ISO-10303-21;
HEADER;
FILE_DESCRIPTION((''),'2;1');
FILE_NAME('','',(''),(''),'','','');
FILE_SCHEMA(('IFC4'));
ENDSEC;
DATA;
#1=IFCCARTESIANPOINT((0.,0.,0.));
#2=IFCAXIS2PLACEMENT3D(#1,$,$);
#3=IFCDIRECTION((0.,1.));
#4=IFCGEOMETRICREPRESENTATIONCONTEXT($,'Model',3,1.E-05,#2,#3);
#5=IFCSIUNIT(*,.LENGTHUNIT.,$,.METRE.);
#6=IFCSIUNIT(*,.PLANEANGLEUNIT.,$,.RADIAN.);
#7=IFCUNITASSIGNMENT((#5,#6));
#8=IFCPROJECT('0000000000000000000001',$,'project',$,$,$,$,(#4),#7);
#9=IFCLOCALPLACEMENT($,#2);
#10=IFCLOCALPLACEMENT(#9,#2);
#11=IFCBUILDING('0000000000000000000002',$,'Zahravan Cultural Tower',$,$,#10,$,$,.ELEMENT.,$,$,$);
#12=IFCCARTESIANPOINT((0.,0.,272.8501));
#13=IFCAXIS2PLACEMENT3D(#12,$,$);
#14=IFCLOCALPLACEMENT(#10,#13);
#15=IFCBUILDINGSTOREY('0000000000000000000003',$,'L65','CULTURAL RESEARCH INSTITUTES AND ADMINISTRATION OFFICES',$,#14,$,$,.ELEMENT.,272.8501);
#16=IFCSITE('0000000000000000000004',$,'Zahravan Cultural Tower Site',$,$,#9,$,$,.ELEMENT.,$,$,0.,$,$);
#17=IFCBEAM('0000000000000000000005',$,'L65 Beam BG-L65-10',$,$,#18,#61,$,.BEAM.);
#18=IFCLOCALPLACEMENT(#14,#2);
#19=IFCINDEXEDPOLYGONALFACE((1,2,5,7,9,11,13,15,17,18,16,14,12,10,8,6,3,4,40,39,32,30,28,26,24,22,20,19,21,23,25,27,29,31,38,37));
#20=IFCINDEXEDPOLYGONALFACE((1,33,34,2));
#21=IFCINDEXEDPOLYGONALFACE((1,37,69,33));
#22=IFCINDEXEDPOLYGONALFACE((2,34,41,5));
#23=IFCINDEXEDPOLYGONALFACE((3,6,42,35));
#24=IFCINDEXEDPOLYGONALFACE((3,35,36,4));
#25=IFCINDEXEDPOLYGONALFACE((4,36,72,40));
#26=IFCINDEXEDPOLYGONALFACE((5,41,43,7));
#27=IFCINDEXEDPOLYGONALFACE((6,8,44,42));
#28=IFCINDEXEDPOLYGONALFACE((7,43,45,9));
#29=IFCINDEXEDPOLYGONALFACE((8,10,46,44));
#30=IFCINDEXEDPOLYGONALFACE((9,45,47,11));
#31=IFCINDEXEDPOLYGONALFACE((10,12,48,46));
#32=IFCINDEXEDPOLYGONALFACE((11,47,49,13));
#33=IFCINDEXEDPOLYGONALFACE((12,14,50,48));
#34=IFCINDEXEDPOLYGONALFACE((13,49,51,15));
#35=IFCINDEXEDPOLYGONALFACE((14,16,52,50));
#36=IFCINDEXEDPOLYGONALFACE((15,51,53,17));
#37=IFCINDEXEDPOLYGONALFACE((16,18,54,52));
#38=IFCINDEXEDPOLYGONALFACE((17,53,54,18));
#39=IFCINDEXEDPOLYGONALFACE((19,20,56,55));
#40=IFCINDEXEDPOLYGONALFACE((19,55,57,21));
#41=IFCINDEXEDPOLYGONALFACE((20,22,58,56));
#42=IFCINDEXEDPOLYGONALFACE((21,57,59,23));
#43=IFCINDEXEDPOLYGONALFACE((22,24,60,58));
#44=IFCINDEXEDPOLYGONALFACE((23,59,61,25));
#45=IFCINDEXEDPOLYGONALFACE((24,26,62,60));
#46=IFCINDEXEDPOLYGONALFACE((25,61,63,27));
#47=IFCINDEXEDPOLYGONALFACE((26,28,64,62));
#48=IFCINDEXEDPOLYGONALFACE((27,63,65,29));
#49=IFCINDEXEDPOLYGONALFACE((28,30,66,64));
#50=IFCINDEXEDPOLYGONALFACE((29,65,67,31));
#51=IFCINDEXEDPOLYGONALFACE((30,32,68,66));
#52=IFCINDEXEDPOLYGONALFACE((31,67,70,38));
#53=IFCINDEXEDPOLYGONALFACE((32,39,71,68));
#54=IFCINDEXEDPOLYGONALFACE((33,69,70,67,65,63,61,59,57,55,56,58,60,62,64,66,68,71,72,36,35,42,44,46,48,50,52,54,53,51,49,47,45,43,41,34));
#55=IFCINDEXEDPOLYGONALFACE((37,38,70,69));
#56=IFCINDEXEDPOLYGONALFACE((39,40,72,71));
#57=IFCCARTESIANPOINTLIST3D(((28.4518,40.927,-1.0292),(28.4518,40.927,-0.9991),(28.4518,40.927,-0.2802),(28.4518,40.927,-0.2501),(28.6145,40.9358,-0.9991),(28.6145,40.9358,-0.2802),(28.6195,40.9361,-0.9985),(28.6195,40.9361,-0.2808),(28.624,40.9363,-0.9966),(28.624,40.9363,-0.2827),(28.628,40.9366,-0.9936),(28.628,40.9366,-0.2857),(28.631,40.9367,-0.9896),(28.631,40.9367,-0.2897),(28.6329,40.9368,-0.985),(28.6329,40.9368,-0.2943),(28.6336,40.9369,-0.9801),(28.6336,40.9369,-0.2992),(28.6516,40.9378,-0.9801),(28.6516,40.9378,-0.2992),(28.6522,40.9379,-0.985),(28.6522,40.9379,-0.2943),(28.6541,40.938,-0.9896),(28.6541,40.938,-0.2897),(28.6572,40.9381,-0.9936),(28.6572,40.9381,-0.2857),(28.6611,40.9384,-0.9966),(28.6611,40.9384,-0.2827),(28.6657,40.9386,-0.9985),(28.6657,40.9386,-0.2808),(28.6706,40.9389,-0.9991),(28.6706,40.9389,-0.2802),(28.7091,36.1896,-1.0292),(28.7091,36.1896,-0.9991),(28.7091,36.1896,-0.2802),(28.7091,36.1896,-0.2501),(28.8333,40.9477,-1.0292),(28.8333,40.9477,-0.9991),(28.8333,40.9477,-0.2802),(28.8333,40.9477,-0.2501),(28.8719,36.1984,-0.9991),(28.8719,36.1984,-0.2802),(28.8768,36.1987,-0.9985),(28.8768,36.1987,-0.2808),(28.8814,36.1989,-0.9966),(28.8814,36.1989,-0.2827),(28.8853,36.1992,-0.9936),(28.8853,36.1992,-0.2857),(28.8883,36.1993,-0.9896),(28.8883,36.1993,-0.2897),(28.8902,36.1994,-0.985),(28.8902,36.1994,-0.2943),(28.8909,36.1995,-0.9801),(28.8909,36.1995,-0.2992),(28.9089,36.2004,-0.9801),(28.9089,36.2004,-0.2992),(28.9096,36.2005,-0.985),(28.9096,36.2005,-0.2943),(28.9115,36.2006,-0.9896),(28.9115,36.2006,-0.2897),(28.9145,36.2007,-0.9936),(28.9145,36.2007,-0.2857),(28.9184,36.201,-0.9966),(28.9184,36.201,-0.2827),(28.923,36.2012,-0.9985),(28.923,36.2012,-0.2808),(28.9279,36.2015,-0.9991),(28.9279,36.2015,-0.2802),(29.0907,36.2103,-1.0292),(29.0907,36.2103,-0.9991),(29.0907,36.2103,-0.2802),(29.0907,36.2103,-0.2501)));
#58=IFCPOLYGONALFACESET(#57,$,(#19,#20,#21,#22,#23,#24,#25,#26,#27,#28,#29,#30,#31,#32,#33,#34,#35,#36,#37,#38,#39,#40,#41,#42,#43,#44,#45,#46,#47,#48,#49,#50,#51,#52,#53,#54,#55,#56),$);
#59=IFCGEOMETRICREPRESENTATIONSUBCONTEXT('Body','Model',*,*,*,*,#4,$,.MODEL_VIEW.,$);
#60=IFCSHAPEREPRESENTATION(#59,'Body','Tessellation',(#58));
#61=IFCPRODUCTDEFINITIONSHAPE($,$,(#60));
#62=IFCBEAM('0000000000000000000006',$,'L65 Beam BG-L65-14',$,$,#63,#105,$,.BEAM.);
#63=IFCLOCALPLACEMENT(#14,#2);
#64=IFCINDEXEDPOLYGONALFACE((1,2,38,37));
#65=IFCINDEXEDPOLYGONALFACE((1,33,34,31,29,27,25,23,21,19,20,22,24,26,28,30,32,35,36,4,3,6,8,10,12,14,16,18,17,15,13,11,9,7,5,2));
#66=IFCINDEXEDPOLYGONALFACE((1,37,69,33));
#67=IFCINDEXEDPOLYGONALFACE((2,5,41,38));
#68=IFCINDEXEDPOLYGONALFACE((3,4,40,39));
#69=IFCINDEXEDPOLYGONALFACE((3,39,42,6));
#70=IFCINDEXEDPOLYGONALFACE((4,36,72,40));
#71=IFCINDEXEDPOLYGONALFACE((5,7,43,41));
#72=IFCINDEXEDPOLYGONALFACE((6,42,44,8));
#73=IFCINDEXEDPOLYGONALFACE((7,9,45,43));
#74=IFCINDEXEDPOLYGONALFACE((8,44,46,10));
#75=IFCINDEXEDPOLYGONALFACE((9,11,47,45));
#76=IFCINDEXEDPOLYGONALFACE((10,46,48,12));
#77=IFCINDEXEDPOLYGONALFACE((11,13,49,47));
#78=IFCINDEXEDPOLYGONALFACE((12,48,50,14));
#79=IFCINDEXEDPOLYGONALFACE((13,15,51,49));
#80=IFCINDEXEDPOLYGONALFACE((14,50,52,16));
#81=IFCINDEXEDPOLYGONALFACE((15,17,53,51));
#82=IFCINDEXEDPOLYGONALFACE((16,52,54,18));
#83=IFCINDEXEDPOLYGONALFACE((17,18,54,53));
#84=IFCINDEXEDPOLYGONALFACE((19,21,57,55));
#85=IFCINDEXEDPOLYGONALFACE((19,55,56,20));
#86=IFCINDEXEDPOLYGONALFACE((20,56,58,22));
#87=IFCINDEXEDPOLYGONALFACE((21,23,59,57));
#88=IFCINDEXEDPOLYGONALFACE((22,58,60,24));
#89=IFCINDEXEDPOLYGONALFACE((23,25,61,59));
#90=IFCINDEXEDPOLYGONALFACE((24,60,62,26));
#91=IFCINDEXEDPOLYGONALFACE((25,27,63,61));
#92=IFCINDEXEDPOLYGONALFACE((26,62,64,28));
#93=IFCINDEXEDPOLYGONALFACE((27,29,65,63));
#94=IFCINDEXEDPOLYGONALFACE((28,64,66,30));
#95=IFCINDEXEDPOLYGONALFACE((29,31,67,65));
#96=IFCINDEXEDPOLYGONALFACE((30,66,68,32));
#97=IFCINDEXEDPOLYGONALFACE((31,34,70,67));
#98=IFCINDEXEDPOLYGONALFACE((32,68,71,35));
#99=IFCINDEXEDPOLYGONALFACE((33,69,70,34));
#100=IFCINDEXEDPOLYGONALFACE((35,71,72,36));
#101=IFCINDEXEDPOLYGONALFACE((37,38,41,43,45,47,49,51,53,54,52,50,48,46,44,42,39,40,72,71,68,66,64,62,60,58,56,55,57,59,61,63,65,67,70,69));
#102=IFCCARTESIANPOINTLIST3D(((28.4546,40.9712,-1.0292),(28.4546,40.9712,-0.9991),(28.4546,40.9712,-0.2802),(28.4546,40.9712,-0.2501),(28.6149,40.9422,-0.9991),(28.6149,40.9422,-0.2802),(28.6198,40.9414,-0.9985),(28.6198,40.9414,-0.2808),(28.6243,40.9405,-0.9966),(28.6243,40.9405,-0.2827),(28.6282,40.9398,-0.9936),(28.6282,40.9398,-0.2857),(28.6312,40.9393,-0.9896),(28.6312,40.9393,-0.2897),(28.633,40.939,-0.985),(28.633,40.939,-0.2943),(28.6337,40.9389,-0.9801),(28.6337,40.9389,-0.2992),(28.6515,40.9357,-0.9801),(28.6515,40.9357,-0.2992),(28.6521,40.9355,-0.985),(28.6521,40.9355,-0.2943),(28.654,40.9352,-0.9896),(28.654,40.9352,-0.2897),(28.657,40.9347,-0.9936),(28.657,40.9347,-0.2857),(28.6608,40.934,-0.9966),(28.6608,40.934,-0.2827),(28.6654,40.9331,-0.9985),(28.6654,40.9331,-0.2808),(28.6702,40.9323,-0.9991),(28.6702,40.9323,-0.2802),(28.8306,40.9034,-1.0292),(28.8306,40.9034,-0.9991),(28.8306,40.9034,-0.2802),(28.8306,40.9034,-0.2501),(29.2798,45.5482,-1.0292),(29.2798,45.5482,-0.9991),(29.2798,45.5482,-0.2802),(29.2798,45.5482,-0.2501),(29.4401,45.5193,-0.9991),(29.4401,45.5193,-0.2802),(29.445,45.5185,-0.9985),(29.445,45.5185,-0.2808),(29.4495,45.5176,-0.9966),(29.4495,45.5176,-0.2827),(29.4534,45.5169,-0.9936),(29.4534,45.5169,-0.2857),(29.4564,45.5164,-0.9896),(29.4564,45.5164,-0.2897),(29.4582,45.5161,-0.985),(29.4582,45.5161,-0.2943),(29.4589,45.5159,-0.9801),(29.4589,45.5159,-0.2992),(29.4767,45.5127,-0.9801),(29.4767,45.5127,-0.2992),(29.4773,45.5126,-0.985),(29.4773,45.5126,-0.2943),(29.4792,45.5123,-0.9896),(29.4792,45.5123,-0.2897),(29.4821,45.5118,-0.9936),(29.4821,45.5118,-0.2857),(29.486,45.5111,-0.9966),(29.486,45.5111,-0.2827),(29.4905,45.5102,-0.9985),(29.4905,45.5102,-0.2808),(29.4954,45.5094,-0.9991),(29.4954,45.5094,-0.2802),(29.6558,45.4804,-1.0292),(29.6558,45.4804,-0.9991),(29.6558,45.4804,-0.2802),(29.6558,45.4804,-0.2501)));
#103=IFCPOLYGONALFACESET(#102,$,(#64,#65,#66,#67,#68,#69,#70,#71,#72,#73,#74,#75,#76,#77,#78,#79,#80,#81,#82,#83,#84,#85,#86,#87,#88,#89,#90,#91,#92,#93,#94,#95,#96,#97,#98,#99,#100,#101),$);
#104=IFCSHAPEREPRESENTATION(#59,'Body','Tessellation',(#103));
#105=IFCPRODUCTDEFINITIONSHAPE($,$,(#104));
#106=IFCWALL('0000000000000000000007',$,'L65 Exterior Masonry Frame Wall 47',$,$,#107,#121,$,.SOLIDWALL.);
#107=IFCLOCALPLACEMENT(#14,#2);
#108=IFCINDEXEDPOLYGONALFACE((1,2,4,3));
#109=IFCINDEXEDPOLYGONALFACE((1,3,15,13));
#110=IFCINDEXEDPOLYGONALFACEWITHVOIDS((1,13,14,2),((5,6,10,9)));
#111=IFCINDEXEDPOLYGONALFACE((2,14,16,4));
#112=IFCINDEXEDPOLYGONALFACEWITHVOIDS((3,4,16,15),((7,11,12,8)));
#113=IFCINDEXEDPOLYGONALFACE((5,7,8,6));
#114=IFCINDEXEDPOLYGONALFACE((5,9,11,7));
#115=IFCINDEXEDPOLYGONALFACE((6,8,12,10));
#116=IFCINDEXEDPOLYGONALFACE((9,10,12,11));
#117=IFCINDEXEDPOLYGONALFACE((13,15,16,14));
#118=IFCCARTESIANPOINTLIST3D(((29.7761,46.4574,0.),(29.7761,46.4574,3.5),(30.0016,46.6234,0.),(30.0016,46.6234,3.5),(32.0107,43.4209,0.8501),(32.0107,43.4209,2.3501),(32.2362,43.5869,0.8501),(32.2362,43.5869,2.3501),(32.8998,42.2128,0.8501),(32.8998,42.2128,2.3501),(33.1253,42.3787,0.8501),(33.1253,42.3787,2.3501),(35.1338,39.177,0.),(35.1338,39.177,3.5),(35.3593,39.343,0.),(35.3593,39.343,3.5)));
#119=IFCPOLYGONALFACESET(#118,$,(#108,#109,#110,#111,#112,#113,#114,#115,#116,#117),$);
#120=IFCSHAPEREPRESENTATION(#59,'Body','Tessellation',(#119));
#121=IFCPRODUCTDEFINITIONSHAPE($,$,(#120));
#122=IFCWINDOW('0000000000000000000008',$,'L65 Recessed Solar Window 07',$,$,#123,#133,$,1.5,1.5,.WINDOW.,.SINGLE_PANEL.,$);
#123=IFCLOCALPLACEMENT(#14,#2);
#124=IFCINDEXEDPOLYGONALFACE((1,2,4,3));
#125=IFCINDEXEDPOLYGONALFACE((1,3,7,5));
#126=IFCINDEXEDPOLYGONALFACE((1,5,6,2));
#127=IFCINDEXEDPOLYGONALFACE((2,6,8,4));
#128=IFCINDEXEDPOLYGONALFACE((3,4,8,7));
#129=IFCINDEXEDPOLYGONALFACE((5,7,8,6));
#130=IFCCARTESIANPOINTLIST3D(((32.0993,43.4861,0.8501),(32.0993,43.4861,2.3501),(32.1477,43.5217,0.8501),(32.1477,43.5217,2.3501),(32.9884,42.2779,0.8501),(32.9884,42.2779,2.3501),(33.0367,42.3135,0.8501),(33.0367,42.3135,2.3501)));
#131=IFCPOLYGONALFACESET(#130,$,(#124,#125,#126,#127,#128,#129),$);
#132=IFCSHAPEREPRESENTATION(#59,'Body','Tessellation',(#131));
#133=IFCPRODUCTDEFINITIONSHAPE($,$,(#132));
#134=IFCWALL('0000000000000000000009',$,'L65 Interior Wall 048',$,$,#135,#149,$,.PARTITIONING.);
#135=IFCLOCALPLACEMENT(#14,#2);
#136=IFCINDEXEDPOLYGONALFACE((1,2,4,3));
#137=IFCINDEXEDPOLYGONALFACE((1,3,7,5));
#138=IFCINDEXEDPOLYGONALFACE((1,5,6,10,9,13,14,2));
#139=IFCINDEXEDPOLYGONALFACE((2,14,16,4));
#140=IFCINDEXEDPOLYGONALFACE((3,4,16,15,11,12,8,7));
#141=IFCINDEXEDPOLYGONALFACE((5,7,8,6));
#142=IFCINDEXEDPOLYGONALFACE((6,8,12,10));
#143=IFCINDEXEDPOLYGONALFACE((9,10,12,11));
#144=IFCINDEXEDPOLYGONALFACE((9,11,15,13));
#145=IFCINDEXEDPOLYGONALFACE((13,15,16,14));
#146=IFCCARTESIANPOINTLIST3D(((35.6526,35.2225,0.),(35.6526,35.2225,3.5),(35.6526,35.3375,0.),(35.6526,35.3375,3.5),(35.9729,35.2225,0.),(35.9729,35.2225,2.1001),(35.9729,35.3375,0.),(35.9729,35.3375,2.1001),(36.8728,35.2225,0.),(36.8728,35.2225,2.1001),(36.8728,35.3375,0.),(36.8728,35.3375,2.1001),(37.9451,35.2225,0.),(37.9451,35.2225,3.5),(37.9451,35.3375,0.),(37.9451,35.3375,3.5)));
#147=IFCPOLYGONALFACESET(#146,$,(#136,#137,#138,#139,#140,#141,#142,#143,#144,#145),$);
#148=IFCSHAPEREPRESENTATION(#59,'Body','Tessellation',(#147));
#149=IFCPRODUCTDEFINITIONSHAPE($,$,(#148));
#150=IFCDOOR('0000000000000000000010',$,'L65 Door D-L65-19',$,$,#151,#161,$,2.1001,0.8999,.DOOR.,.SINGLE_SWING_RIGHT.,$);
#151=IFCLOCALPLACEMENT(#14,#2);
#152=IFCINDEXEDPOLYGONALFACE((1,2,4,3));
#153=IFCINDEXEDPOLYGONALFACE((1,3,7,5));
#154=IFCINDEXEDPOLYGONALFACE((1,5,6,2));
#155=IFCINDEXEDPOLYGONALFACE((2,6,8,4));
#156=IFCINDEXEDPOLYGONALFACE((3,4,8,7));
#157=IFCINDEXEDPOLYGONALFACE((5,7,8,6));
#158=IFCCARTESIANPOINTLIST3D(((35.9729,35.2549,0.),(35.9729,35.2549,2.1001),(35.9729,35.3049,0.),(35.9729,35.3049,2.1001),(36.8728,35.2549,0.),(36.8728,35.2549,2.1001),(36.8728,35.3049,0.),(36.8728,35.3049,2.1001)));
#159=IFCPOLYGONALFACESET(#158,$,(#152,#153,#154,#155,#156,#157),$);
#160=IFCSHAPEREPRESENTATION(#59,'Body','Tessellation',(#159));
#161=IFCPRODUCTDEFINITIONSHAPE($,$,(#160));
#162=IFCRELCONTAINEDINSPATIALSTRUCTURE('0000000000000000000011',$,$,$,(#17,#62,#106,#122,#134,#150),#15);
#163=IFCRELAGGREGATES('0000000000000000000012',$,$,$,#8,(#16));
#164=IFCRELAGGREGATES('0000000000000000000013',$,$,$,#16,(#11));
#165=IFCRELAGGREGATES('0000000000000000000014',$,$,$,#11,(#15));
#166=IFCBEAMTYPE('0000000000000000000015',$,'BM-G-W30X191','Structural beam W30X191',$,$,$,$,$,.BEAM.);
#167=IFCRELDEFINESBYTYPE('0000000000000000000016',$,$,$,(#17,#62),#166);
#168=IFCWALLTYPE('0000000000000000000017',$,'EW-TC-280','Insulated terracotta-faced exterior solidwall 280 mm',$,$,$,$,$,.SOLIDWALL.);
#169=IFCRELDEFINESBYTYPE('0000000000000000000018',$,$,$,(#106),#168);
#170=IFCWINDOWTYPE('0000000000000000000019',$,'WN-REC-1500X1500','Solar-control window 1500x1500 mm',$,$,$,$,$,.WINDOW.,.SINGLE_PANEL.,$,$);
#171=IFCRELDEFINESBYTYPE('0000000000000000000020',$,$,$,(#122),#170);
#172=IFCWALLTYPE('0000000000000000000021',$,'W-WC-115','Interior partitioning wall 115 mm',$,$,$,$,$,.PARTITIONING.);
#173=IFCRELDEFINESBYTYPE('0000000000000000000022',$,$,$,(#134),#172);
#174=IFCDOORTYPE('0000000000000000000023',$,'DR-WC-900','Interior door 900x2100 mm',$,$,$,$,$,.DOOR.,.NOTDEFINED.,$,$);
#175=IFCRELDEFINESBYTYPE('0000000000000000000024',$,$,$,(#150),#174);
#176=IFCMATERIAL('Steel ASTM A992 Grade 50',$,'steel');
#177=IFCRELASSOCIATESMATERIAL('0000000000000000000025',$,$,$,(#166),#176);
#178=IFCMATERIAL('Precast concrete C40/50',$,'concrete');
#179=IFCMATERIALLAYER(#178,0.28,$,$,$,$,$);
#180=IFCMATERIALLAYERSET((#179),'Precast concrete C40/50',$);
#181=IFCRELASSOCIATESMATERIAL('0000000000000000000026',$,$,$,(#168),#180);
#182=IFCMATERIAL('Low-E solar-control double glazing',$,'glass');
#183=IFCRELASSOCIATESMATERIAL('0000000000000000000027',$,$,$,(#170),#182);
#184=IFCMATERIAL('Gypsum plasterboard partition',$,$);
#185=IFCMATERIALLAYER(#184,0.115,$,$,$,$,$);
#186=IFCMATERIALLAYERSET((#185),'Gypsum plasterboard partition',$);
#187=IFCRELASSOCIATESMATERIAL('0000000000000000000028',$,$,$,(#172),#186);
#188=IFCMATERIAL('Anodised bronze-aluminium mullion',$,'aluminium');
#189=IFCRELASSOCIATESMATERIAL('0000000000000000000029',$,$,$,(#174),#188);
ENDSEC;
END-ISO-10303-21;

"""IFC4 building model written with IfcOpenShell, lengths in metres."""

from ifc_helpers import new_model, si_unit, direction, frame, frame_2d, origin, origin_2d, place, context, subcontext, project, spatial, rectangle, i_section, extrude, source, transform, mapped, material, layer, layer_set, material_profile, profile_set, type_object, element, fill, save


model = new_model("IFC4")

# Units and contexts
model_context = context("Model", 3, precision=1e-05, world=origin(), true_north=direction((0.0, 1.0)))
body_context = subcontext(model_context, "Body", "Model", "MODEL_VIEW")
ifc_project = project(units=[si_unit("LENGTHUNIT", "METRE"), si_unit("PLANEANGLEUNIT", "RADIAN")], contexts=[model_context])

# Site, building, storey
site_placement = place(None, origin())
site = spatial("IfcSite", under=ifc_project, at=site_placement, Name="Zahravan Cultural Tower Site", CompositionType="ELEMENT", RefElevation=0.0)
building_placement = place(site_placement, origin())
building = spatial("IfcBuilding", under=site, at=building_placement, Name="Zahravan Cultural Tower", CompositionType="ELEMENT")
storey_placement = place(building_placement, frame((0.0, 0.0, 272.8501)))
storey = spatial("IfcBuildingStorey", under=building, at=storey_placement, Name="L65", Description="CULTURAL RESEARCH INSTITUTES AND ADMINISTRATION OFFICES", CompositionType="ELEMENT", Elevation=272.8501)

# Shared definitions
ifc_material_1 = material(Name="Steel ASTM A992 Grade 50", Category="steel")

# Beams
ifc_material_profile_1 = material_profile(ifc_material_1, i_section(OverallWidth=0.3821, OverallDepth=0.7791, WebThickness=0.0181, FlangeThickness=0.03, FilletRadius=0.019, at=origin_2d()), Name="W30X191")
ifc_profile_set_1 = profile_set([ifc_material_profile_1], Name="Steel ASTM A992 Grade 50")
beam_type_1 = type_object("IfcBeamType", Name="BM-G-W30X191", Description="Structural beam W30X191", PredefinedType="BEAM", material=ifc_profile_set_1)
shared_shape_1 = source(origin(), body_context, "Body", "SweptSolid", [
    extrude(i_section(OverallWidth=0.3821, OverallDepth=0.7791, WebThickness=0.0181, FlangeThickness=0.03, FilletRadius=0.019, at=origin_2d()), origin(), (0.0, 0.0, 1.0), 4.7444),
])
beam_1_placement = place(storey_placement, frame((28.8999, 36.2, -0.6396), z_axis=(-0.054239, 0.998528, 0.0), x_axis=(-0.998528, -0.054239, 0.0)))
element("IfcBeam", 1, at=beam_1_placement, inside=storey, type_object=beam_type_1, Name="L65 Beam BG-L65-10", PredefinedType="BEAM", context=body_context, shape_type="MappedRepresentation", body=[
    mapped(shared_shape_1, transform((0.0, 0.0, 0.0), x_axis=(1.0, 0.0, 0.0), y_axis=(0.0, 1.0, 0.0), z_axis=(0.0, 0.0, 1.0), scale=1.0)),
])
shared_shape_2 = source(origin(), body_context, "Body", "SweptSolid", [
    extrude(i_section(OverallWidth=0.3821, OverallDepth=0.7791, WebThickness=0.0181, FlangeThickness=0.03, FilletRadius=0.019, at=origin_2d()), origin(), (0.0, 0.0, 1.0), 4.6509),
])
beam_2_placement = place(storey_placement, frame((28.6426, 40.9373, -0.6396), z_axis=(0.177426, 0.984134, 0.0), x_axis=(-0.984134, 0.177426, 0.0)))
element("IfcBeam", 2, at=beam_2_placement, inside=storey, type_object=beam_type_1, Name="L65 Beam BG-L65-14", PredefinedType="BEAM", context=body_context, shape_type="MappedRepresentation", body=[
    mapped(shared_shape_2, transform((0.0, 0.0, 0.0), x_axis=(1.0, 0.0, 0.0), y_axis=(0.0, 1.0, 0.0), z_axis=(0.0, 0.0, 1.0), scale=1.0)),
])

# Wall, opening, window
ifc_material_2 = material(Name="Precast concrete C40/50", Category="concrete")
ifc_layer_1 = layer(ifc_material_2, 0.28)
ifc_layer_set_1 = layer_set([ifc_layer_1], Name="Precast concrete C40/50")
wall_type_1 = type_object("IfcWallType", Name="EW-TC-280", Description="Insulated terracotta-faced exterior solidwall 280 mm", PredefinedType="SOLIDWALL", material=ifc_layer_set_1)
wall_1_placement = place(storey_placement, frame((29.8889, 46.5403, 0.0), z_axis=(0.0, 0.0, 1.0), x_axis=(0.592715, -0.805412, 0.0)))
wall_1 = element("IfcWall", 3, at=wall_1_placement, inside=storey, type_object=wall_type_1, Name="L65 Exterior Masonry Frame Wall 47", PredefinedType="SOLIDWALL", context=body_context, shape_type="SweptSolid", body=[
    extrude(rectangle(XDim=9.0393, YDim=0.28, at=frame_2d((4.5195, 0.0))), origin(), (0.0, 0.0, 1.0), 3.5),
])
opening_1_placement = place(wall_1_placement, frame((3.77, 0.0, 0.8501)))
opening_1 = element("IfcOpeningElement", 4, at=opening_1_placement, cuts=wall_1, PredefinedType="OPENING", context=body_context, shape_type="SweptSolid", body=[
    extrude(rectangle(XDim=1.5, YDim=1.5, at=frame_2d((0.75, 0.75))), frame((0.0, 0.1499, 0.0), z_axis=(0.0, -1.0, 0.0), x_axis=(1.0, 0.0, 0.0)), (0.0, 0.0, 1.0), 0.3),
])
ifc_material_3 = material(Name="Low-E solar-control double glazing", Category="glass")
window_type = type_object("IfcWindowType", Name="WN-REC-1500X1500", Description="Solar-control window 1500x1500 mm", PartitioningType="SINGLE_PANEL", PredefinedType="WINDOW", material=ifc_material_3)
shared_shape_3 = source(origin(), body_context, "Body", "SweptSolid", [
    extrude(rectangle(XDim=1.5, YDim=1.5, at=frame_2d((0.75, 0.75))), frame((0.0, 0.03, 0.0), z_axis=(0.0, -1.0, 0.0), x_axis=(1.0, 0.0, 0.0)), (0.0, 0.0, 1.0), 0.0601),
])
window_placement = place(opening_1_placement, origin())
window = element("IfcWindow", 5, at=window_placement, inside=storey, type_object=window_type, Name="L65 Recessed Solar Window 07", OverallHeight=1.5, OverallWidth=1.5, PartitioningType="SINGLE_PANEL", PredefinedType="WINDOW", context=body_context, shape_type="MappedRepresentation", body=[
    mapped(shared_shape_3, transform((0.0, 0.0, 0.0), x_axis=(1.0, 0.0, 0.0), y_axis=(0.0, 1.0, 0.0), z_axis=(0.0, 0.0, 1.0), scale=1.0)),
])
fill(opening_1, window)

# Wall, opening, door
ifc_material_4 = material(Name="Gypsum plasterboard partition")
ifc_layer_2 = layer(ifc_material_4, 0.115)
ifc_layer_set_2 = layer_set([ifc_layer_2], Name="Gypsum plasterboard partition")
wall_type_2 = type_object("IfcWallType", Name="W-WC-115", Description="Interior partitioning wall 115 mm", PredefinedType="PARTITIONING", material=ifc_layer_set_2)
wall_2_placement = place(storey_placement, frame((35.6526, 35.28, 0.0), z_axis=(0.0, 0.0, 1.0), x_axis=(1.0, 0.0, 0.0)))
wall_2 = element("IfcWall", 6, at=wall_2_placement, inside=storey, type_object=wall_type_2, Name="L65 Interior Wall 048", PredefinedType="PARTITIONING", context=body_context, shape_type="SweptSolid", body=[
    extrude(rectangle(XDim=2.2925, YDim=0.115, at=frame_2d((1.1462, 0.0))), origin(), (0.0, 0.0, 1.0), 3.5),
])
opening_2_placement = place(wall_2_placement, frame((0.3203, 0.0, 0.0)))
opening_2 = element("IfcOpeningElement", 7, at=opening_2_placement, cuts=wall_2, PredefinedType="OPENING", context=body_context, shape_type="SweptSolid", body=[
    extrude(rectangle(XDim=0.8999, YDim=2.1001, at=frame_2d((0.45, 1.05))), frame((0.0, 0.0674, 0.0), z_axis=(0.0, -1.0, 0.0), x_axis=(1.0, 0.0, 0.0)), (0.0, 0.0, 1.0), 0.135),
])
ifc_material_5 = material(Name="Anodised bronze-aluminium mullion", Category="aluminium")
door_type_1 = type_object("IfcDoorType", Name="DR-WC-900", Description="Interior door 900x2100 mm", OperationType="NOTDEFINED", PredefinedType="DOOR", material=ifc_material_5)
shared_shape_4 = source(origin(), body_context, "Body", "SweptSolid", [
    extrude(rectangle(XDim=0.8999, YDim=2.1001, at=frame_2d((0.45, 1.05))), frame((0.0, 0.0249, 0.0), z_axis=(0.0, -1.0, 0.0), x_axis=(1.0, 0.0, 0.0)), (0.0, 0.0, 1.0), 0.05),
])
door_1_placement = place(opening_2_placement, origin())
door_1 = element("IfcDoor", 8, at=door_1_placement, inside=storey, type_object=door_type_1, Name="L65 Door D-L65-19", OperationType="SINGLE_SWING_RIGHT", OverallHeight=2.1001, OverallWidth=0.8999, PredefinedType="DOOR", context=body_context, shape_type="MappedRepresentation", body=[
    mapped(shared_shape_4, transform((0.0, 0.0, 0.0), x_axis=(1.0, 0.0, 0.0), y_axis=(0.0, 1.0, 0.0), z_axis=(0.0, 0.0, 1.0), scale=1.0)),
])
fill(opening_2, door_1)

save(model, "model.ifc")
